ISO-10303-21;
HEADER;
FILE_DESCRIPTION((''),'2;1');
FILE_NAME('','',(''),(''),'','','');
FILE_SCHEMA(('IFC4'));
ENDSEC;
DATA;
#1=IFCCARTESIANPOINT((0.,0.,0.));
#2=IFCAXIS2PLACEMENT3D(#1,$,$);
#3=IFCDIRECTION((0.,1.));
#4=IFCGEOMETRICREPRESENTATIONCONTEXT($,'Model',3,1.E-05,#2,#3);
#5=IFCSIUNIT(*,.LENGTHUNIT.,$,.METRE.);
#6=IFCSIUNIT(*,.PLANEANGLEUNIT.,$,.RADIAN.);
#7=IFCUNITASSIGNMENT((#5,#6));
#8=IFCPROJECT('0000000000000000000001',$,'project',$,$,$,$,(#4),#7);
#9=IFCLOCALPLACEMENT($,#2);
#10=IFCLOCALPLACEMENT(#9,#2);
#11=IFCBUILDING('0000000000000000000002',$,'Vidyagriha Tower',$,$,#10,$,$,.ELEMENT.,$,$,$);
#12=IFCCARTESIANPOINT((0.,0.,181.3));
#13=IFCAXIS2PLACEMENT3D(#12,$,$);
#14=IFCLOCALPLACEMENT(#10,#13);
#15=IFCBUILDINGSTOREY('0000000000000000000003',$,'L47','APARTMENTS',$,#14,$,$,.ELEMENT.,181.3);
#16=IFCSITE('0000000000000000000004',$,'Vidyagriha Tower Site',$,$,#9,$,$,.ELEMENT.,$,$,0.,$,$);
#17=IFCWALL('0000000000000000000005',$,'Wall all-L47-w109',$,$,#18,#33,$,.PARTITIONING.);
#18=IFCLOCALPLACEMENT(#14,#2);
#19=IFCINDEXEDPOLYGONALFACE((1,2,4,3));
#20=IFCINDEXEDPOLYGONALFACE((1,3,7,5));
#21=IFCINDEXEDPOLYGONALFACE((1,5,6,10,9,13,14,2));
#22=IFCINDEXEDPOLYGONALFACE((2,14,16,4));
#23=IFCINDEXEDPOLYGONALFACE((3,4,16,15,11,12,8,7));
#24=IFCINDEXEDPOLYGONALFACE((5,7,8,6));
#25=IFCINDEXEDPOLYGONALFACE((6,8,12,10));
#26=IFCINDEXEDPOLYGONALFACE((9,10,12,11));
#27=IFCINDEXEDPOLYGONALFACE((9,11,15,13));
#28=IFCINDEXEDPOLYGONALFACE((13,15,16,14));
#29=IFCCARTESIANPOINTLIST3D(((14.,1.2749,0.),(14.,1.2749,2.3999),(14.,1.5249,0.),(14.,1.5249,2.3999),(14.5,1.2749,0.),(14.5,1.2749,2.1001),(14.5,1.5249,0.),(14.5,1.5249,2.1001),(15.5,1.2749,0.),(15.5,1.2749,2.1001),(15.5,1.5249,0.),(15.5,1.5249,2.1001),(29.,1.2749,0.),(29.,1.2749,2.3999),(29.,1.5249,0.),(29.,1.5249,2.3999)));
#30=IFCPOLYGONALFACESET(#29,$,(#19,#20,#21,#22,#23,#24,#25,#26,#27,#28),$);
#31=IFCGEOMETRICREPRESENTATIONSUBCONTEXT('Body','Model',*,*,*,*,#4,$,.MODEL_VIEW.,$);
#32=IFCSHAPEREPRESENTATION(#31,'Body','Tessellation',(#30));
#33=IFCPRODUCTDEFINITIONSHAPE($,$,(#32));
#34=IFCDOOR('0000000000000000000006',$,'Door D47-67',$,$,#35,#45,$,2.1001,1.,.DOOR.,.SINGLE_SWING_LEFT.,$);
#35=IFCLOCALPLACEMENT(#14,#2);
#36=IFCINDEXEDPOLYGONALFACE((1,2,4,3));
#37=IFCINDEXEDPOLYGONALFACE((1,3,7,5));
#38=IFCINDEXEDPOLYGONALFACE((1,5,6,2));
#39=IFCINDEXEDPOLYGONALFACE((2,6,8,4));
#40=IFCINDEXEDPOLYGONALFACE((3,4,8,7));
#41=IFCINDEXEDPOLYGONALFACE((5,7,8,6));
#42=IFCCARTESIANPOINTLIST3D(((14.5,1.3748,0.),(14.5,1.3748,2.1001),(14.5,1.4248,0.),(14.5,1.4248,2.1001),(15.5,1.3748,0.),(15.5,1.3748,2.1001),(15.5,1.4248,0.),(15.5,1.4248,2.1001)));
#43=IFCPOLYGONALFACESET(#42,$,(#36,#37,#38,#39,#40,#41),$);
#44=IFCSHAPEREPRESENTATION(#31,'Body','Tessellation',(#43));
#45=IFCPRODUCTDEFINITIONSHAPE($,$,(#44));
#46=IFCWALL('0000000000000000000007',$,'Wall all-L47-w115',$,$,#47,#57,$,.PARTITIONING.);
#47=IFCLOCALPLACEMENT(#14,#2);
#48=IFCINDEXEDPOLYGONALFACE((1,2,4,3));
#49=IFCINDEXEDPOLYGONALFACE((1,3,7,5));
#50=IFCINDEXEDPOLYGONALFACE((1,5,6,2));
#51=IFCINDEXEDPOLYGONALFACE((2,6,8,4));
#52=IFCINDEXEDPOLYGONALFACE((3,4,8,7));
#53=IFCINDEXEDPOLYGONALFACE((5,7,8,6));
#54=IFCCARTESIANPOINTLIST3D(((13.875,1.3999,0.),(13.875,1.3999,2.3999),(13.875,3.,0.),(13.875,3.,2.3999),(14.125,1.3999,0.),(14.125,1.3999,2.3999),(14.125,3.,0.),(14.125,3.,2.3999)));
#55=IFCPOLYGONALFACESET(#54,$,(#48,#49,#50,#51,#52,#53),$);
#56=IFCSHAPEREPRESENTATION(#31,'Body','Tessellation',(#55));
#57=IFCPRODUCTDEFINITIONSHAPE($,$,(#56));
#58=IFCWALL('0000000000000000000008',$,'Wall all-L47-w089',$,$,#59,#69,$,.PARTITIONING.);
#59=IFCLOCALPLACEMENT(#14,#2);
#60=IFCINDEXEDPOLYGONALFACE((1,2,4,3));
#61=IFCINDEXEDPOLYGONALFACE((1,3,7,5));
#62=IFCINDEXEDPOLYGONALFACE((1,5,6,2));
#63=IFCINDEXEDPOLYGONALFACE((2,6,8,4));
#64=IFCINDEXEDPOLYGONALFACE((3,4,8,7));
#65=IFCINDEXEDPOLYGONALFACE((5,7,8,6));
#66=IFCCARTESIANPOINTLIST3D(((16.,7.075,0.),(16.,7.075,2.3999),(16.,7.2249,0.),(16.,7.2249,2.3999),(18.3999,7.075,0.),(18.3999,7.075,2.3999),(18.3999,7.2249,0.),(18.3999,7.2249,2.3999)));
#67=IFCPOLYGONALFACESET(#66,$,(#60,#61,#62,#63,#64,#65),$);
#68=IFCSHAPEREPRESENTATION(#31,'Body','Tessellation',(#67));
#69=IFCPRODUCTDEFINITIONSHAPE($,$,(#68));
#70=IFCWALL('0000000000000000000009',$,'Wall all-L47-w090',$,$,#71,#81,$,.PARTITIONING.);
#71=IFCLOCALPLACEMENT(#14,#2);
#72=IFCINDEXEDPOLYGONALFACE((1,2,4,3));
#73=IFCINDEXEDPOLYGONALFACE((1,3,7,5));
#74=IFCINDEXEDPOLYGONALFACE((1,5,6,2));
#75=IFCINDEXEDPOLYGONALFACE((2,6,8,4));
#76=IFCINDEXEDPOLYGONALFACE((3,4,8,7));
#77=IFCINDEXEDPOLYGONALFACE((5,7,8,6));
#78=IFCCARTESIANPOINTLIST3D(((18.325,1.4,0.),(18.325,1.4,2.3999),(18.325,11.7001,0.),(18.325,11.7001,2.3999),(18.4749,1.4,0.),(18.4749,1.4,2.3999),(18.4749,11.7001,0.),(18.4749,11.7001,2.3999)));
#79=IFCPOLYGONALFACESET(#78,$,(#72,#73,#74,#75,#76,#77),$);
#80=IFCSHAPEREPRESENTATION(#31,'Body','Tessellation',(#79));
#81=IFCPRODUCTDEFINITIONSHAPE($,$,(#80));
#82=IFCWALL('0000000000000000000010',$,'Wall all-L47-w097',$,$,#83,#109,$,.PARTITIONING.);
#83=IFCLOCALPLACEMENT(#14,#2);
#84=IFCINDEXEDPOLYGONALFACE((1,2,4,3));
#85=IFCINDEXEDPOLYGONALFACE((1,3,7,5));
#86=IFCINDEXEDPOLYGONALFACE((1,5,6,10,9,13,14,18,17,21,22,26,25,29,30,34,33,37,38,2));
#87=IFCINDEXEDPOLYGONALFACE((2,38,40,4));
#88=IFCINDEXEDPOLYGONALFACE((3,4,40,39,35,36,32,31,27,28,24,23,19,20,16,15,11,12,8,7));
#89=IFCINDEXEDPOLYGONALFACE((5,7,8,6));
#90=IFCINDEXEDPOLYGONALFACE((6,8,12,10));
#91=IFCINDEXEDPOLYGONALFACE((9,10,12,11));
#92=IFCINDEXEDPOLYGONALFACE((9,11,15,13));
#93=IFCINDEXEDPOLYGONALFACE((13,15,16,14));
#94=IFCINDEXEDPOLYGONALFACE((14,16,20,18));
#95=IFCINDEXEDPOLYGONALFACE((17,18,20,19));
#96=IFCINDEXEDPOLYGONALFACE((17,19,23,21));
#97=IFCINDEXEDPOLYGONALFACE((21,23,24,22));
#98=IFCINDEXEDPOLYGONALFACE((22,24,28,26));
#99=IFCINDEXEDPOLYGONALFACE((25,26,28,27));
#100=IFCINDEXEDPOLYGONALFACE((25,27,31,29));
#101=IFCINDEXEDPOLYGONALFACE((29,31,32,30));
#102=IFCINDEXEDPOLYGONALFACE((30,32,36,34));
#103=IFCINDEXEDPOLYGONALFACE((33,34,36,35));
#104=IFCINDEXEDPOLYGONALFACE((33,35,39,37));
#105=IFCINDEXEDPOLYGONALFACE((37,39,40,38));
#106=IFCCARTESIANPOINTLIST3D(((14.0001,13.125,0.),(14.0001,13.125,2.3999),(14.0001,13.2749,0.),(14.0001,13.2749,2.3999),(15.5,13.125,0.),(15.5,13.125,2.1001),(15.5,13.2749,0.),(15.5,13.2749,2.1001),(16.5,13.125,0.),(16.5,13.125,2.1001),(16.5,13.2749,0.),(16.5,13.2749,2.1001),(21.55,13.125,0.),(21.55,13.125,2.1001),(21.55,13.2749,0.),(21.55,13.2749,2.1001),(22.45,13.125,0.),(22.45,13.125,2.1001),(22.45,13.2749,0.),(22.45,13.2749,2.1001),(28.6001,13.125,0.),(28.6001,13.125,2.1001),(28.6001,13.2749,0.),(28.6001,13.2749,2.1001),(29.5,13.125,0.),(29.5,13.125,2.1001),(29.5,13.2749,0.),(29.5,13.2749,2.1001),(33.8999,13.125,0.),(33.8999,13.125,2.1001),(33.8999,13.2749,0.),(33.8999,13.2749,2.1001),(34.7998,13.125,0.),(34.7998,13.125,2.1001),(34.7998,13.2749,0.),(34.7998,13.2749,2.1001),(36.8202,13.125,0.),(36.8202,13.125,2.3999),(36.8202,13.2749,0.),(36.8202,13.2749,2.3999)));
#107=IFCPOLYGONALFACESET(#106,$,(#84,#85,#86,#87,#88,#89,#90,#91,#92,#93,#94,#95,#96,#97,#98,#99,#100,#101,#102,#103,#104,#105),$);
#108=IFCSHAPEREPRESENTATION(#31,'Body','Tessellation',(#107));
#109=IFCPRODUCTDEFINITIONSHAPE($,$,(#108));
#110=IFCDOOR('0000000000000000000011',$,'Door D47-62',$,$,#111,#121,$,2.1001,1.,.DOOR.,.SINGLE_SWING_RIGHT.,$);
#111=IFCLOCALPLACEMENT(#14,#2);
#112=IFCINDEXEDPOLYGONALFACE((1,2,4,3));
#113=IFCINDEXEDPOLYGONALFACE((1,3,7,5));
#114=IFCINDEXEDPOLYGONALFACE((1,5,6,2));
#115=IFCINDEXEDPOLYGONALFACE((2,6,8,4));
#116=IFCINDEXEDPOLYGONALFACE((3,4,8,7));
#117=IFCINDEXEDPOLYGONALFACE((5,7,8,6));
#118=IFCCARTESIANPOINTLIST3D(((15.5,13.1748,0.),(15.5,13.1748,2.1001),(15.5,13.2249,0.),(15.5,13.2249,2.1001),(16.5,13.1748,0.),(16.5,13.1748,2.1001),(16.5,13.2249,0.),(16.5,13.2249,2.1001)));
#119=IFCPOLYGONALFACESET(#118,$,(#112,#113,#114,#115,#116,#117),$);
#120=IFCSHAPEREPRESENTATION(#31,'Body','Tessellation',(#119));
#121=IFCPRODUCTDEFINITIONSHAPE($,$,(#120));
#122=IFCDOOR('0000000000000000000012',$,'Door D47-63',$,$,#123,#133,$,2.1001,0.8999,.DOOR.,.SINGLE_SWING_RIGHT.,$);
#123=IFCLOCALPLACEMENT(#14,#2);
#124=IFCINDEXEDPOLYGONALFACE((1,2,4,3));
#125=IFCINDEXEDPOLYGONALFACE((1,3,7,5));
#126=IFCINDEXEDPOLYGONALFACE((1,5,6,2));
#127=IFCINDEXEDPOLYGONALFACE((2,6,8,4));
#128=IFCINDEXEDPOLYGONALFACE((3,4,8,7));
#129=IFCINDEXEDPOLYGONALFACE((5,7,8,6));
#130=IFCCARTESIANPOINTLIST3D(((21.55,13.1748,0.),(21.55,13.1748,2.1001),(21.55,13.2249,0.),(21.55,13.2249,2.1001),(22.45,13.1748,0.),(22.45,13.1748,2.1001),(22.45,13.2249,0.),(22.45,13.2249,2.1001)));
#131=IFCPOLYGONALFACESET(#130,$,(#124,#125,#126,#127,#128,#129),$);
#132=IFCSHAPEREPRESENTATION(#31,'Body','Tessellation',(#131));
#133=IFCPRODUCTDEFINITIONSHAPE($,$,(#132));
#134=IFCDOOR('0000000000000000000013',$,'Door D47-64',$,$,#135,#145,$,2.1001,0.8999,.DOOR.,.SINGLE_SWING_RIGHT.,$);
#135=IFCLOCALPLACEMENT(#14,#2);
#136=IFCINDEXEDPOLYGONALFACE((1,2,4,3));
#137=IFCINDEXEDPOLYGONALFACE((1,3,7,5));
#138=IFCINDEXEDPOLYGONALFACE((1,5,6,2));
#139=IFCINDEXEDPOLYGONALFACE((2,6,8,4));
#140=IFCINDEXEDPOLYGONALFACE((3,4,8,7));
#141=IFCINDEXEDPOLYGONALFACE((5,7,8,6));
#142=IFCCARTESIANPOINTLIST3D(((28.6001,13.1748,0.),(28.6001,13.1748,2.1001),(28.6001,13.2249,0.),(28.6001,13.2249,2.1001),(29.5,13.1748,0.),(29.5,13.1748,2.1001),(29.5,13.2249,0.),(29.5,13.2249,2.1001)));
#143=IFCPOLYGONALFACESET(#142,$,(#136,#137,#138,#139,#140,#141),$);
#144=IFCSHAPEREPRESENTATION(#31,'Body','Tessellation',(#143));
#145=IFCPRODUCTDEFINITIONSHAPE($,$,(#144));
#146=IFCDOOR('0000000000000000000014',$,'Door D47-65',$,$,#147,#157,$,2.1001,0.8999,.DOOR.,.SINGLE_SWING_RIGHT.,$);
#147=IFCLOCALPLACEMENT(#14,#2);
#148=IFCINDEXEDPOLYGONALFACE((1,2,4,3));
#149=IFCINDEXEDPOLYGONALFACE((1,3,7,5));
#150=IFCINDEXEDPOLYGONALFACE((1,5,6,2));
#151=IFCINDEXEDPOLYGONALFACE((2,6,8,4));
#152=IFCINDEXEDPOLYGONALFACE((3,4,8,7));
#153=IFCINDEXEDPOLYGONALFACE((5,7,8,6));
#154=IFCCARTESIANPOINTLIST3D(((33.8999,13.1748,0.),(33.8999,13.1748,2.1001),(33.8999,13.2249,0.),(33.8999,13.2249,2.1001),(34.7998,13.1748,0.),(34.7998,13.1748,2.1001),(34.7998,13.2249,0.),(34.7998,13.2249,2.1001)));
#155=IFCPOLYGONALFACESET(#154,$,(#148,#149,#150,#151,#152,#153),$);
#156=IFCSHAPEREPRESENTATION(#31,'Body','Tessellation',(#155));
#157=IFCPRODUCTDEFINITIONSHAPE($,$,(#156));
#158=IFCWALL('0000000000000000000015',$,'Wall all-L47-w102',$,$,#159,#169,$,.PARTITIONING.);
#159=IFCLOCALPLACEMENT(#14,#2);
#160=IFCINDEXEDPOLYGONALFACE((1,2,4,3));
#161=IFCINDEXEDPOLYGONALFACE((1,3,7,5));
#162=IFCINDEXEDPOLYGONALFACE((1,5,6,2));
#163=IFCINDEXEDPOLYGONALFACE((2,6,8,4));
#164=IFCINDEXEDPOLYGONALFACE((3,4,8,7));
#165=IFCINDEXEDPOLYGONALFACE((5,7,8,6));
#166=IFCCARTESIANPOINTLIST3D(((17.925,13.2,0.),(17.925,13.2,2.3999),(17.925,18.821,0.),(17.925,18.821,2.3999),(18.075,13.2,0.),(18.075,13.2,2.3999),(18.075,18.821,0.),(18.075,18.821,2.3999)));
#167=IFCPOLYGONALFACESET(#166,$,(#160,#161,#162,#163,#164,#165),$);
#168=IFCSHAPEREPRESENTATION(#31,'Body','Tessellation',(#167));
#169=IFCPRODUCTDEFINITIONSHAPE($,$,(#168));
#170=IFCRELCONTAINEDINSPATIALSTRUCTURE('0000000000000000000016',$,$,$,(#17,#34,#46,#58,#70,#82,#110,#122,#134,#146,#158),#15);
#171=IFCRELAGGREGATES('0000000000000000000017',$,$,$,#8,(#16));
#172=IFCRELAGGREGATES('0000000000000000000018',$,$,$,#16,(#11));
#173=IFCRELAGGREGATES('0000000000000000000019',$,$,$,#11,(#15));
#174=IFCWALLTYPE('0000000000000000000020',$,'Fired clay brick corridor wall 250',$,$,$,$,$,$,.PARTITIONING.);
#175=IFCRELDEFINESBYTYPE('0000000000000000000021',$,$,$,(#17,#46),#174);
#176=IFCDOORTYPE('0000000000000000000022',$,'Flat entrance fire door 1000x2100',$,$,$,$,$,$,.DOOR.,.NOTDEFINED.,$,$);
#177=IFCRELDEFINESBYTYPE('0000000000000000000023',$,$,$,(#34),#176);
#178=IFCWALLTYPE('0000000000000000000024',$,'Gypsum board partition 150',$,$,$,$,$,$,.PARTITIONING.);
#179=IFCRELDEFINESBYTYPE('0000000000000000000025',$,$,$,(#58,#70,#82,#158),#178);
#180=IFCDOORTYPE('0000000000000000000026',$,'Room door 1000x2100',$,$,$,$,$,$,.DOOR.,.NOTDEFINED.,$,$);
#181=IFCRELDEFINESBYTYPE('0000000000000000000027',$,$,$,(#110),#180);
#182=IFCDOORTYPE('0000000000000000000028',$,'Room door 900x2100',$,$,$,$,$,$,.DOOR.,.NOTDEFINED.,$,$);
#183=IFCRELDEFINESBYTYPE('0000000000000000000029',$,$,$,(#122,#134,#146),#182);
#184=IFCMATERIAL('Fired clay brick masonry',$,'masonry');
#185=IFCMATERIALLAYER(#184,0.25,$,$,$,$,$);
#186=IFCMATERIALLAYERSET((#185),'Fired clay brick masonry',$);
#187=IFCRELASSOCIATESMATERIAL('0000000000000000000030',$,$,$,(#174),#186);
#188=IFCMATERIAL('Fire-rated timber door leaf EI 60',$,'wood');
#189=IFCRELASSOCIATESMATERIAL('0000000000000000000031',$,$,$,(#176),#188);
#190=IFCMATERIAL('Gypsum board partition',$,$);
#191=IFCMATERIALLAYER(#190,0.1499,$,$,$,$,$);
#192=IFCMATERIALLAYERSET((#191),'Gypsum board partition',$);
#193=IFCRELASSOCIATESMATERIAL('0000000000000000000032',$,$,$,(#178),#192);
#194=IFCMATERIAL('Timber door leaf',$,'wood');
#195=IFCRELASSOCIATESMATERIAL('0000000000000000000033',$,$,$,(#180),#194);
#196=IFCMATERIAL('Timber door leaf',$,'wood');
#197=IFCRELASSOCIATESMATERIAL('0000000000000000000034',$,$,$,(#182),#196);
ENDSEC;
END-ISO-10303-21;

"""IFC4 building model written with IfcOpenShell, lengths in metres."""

from ifc_helpers import new_model, si_unit, direction, frame, frame_2d, origin, place, context, subcontext, project, spatial, rectangle, extrude, material, layer, layer_set, type_object, element, fill, save


model = new_model("IFC4")

# Units and contexts
model_context = context("Model", 3, precision=1e-05, world=origin(), true_north=direction((0.0, 1.0)))
body_context = subcontext(model_context, "Body", "Model", "MODEL_VIEW")
ifc_project = project(units=[si_unit("LENGTHUNIT", "METRE"), si_unit("PLANEANGLEUNIT", "RADIAN")], contexts=[model_context])

# Site, building, storey
site_placement = place(None, origin())
site = spatial("IfcSite", under=ifc_project, at=site_placement, Name="Vidyagriha Tower Site", CompositionType="ELEMENT", RefElevation=0.0)
building_placement = place(site_placement, origin())
building = spatial("IfcBuilding", under=site, at=building_placement, Name="Vidyagriha Tower", CompositionType="ELEMENT")
storey_placement = place(building_placement, frame((0.0, 0.0, 181.3)))
storey = spatial("IfcBuildingStorey", under=building, at=storey_placement, Name="L47", Description="APARTMENTS", CompositionType="ELEMENT", Elevation=181.3)

# Wall, opening, door
ifc_material_1 = material(Name="Fired clay brick masonry", Category="masonry")
ifc_layer_1 = layer(ifc_material_1, 0.25)
ifc_layer_set_1 = layer_set([ifc_layer_1], Name="Fired clay brick masonry")
wall_type_1 = type_object("IfcWallType", Name="Fired clay brick corridor wall 250", PredefinedType="PARTITIONING", material=ifc_layer_set_1)
wall_1_placement = place(storey_placement, frame((14.0, 1.3999, 0.0)))
wall_1 = element("IfcWall", 1, at=wall_1_placement, inside=storey, type_object=wall_type_1, Name="Wall all-L47-w109", PredefinedType="PARTITIONING", context=body_context, shape_type="SweptSolid", body=[
    extrude(rectangle(XDim=15.0, YDim=0.25, at=frame_2d((7.5, 0.0))), origin(), (0.0, 0.0, 1.0), 2.3999),
])
opening_1_placement = place(wall_1_placement, frame((0.5, 0.0, 0.0)))
opening_1 = element("IfcOpeningElement", 2, at=opening_1_placement, cuts=wall_1, PredefinedType="OPENING", context=body_context, shape_type="SweptSolid", body=[
    extrude(rectangle(XDim=1.0, YDim=2.1001, at=frame_2d((0.5, 1.05))), frame((0.0, 0.135, 0.0), z_axis=(0.0, -1.0, 0.0), x_axis=(1.0, 0.0, 0.0)), (0.0, 0.0, 1.0), 0.27),
])
ifc_material_2 = material(Name="Fire-rated timber door leaf EI 60", Category="wood")
door_type_1 = type_object("IfcDoorType", Name="Flat entrance fire door 1000x2100", OperationType="NOTDEFINED", PredefinedType="DOOR", material=ifc_material_2)
door_1_placement = place(opening_1_placement, origin())
door_1 = element("IfcDoor", 3, at=door_1_placement, inside=storey, type_object=door_type_1, Name="Door D47-67", OperationType="SINGLE_SWING_LEFT", OverallHeight=2.1001, OverallWidth=1.0, PredefinedType="DOOR", context=body_context, shape_type="SweptSolid", body=[
    extrude(rectangle(XDim=1.0, YDim=2.1001, at=frame_2d((0.5, 1.05))), frame((0.0, 0.0249, 0.0), z_axis=(0.0, -1.0, 0.0), x_axis=(1.0, 0.0, 0.0)), (0.0, 0.0, 1.0), 0.05),
])
fill(opening_1, door_1)

# Walls
wall_2_placement = place(storey_placement, frame((14.0, 1.3999, 0.0), z_axis=(0.0, 0.0, 1.0), x_axis=(0.0, 1.0, 0.0)))
element("IfcWall", 4, at=wall_2_placement, inside=storey, type_object=wall_type_1, Name="Wall all-L47-w115", PredefinedType="PARTITIONING", context=body_context, shape_type="SweptSolid", body=[
    extrude(rectangle(XDim=1.6001, YDim=0.25, at=frame_2d((0.8, 0.0))), origin(), (0.0, 0.0, 1.0), 2.3999),
])
ifc_material_3 = material(Name="Gypsum board partition")
ifc_layer_2 = layer(ifc_material_3, 0.1499)
ifc_layer_set_2 = layer_set([ifc_layer_2], Name="Gypsum board partition")
wall_type_2 = type_object("IfcWallType", Name="Gypsum board partition 150", PredefinedType="PARTITIONING", material=ifc_layer_set_2)
wall_3_placement = place(storey_placement, frame((16.0, 7.1499, 0.0)))
element("IfcWall", 5, at=wall_3_placement, inside=storey, type_object=wall_type_2, Name="Wall all-L47-w089", PredefinedType="PARTITIONING", context=body_context, shape_type="SweptSolid", body=[
    extrude(rectangle(XDim=2.3999, YDim=0.1499, at=frame_2d((1.2, 0.0))), origin(), (0.0, 0.0, 1.0), 2.3999),
])
wall_4_placement = place(storey_placement, frame((18.3999, 11.7, 0.0), z_axis=(0.0, 0.0, 1.0), x_axis=(0.0, -1.0, 0.0)))
element("IfcWall", 6, at=wall_4_placement, inside=storey, type_object=wall_type_2, Name="Wall all-L47-w090", PredefinedType="PARTITIONING", context=body_context, shape_type="SweptSolid", body=[
    extrude(rectangle(XDim=10.3, YDim=0.1499, at=frame_2d((5.1499, 0.0))), origin(), (0.0, 0.0, 1.0), 2.3999),
])

# Wall, openings, doors
wall_5_placement = place(storey_placement, frame((14.0, 13.2, 0.0)))
wall_5 = element("IfcWall", 7, at=wall_5_placement, inside=storey, type_object=wall_type_2, Name="Wall all-L47-w097", PredefinedType="PARTITIONING", context=body_context, shape_type="SweptSolid", body=[
    extrude(rectangle(XDim=22.8201, YDim=0.1499, at=frame_2d((11.4102, 0.0))), origin(), (0.0, 0.0, 1.0), 2.3999),
])
opening_2_placement = place(wall_5_placement, frame((1.5, 0.0, 0.0)))
opening_2 = element("IfcOpeningElement", 8, at=opening_2_placement, cuts=wall_5, PredefinedType="OPENING", context=body_context, shape_type="SweptSolid", body=[
    extrude(rectangle(XDim=1.0, YDim=2.1001, at=frame_2d((0.5, 1.05))), frame((0.0, 0.085, 0.0), z_axis=(0.0, -1.0, 0.0), x_axis=(1.0, 0.0, 0.0)), (0.0, 0.0, 1.0), 0.1699),
])
opening_3_placement = place(wall_5_placement, frame((7.55, 0.0, 0.0)))
opening_3 = element("IfcOpeningElement", 9, at=opening_3_placement, cuts=wall_5, PredefinedType="OPENING", context=body_context, shape_type="SweptSolid", body=[
    extrude(rectangle(XDim=0.8999, YDim=2.1001, at=frame_2d((0.45, 1.05))), frame((0.0, 0.085, 0.0), z_axis=(0.0, -1.0, 0.0), x_axis=(1.0, 0.0, 0.0)), (0.0, 0.0, 1.0), 0.1699),
])
opening_4_placement = place(wall_5_placement, frame((14.6001, 0.0, 0.0)))
opening_4 = element("IfcOpeningElement", 10, at=opening_4_placement, cuts=wall_5, PredefinedType="OPENING", context=body_context, shape_type="SweptSolid", body=[
    extrude(rectangle(XDim=0.8999, YDim=2.1001, at=frame_2d((0.45, 1.05))), frame((0.0, 0.085, 0.0), z_axis=(0.0, -1.0, 0.0), x_axis=(1.0, 0.0, 0.0)), (0.0, 0.0, 1.0), 0.1699),
])
opening_5_placement = place(wall_5_placement, frame((19.8999, 0.0, 0.0)))
opening_5 = element("IfcOpeningElement", 11, at=opening_5_placement, cuts=wall_5, PredefinedType="OPENING", context=body_context, shape_type="SweptSolid", body=[
    extrude(rectangle(XDim=0.8999, YDim=2.1001, at=frame_2d((0.45, 1.05))), frame((0.0, 0.085, 0.0), z_axis=(0.0, -1.0, 0.0), x_axis=(1.0, 0.0, 0.0)), (0.0, 0.0, 1.0), 0.1699),
])
ifc_material_4 = material(Name="Timber door leaf", Category="wood")
door_type_2 = type_object("IfcDoorType", Name="Room door 1000x2100", OperationType="NOTDEFINED", PredefinedType="DOOR", material=ifc_material_4)
door_2_placement = place(opening_2_placement, origin())
door_2 = element("IfcDoor", 12, at=door_2_placement, inside=storey, type_object=door_type_2, Name="Door D47-62", OperationType="SINGLE_SWING_RIGHT", OverallHeight=2.1001, OverallWidth=1.0, PredefinedType="DOOR", context=body_context, shape_type="SweptSolid", body=[
    extrude(rectangle(XDim=1.0, YDim=2.1001, at=frame_2d((0.5, 1.05))), frame((0.0, 0.0249, 0.0), z_axis=(0.0, -1.0, 0.0), x_axis=(1.0, 0.0, 0.0)), (0.0, 0.0, 1.0), 0.05),
])
fill(opening_2, door_2)
ifc_material_5 = material(Name="Timber door leaf", Category="wood")
door_type_3 = type_object("IfcDoorType", Name="Room door 900x2100", OperationType="NOTDEFINED", PredefinedType="DOOR", material=ifc_material_5)
door_3_placement = place(opening_3_placement, origin())
door_3 = element("IfcDoor", 13, at=door_3_placement, inside=storey, type_object=door_type_3, Name="Door D47-63", OperationType="SINGLE_SWING_RIGHT", OverallHeight=2.1001, OverallWidth=0.8999, PredefinedType="DOOR", context=body_context, shape_type="SweptSolid", body=[
    extrude(rectangle(XDim=0.8999, YDim=2.1001, at=frame_2d((0.45, 1.05))), frame((0.0, 0.0249, 0.0), z_axis=(0.0, -1.0, 0.0), x_axis=(1.0, 0.0, 0.0)), (0.0, 0.0, 1.0), 0.05),
])
fill(opening_3, door_3)
door_4_placement = place(opening_4_placement, origin())
door_4 = element("IfcDoor", 14, at=door_4_placement, inside=storey, type_object=door_type_3, Name="Door D47-64", OperationType="SINGLE_SWING_RIGHT", OverallHeight=2.1001, OverallWidth=0.8999, PredefinedType="DOOR", context=body_context, shape_type="SweptSolid", body=[
    extrude(rectangle(XDim=0.8999, YDim=2.1001, at=frame_2d((0.45, 1.05))), frame((0.0, 0.0249, 0.0), z_axis=(0.0, -1.0, 0.0), x_axis=(1.0, 0.0, 0.0)), (0.0, 0.0, 1.0), 0.05),
])
fill(opening_4, door_4)
door_5_placement = place(opening_5_placement, origin())
door_5 = element("IfcDoor", 15, at=door_5_placement, inside=storey, type_object=door_type_3, Name="Door D47-65", OperationType="SINGLE_SWING_RIGHT", OverallHeight=2.1001, OverallWidth=0.8999, PredefinedType="DOOR", context=body_context, shape_type="SweptSolid", body=[
    extrude(rectangle(XDim=0.8999, YDim=2.1001, at=frame_2d((0.45, 1.05))), frame((0.0, 0.0249, 0.0), z_axis=(0.0, -1.0, 0.0), x_axis=(1.0, 0.0, 0.0)), (0.0, 0.0, 1.0), 0.05),
])
fill(opening_5, door_5)

# Wall
wall_6_placement = place(storey_placement, frame((18.0, 18.821, 0.0), z_axis=(0.0, 0.0, 1.0), x_axis=(0.0, -1.0, 0.0)))
element("IfcWall", 16, at=wall_6_placement, inside=storey, type_object=wall_type_2, Name="Wall all-L47-w102", PredefinedType="PARTITIONING", context=body_context, shape_type="SweptSolid", body=[
    extrude(rectangle(XDim=5.6211, YDim=0.1499, at=frame_2d((2.8105, 0.0))), origin(), (0.0, 0.0, 1.0), 2.3999),
])

save(model, "model.ifc")
